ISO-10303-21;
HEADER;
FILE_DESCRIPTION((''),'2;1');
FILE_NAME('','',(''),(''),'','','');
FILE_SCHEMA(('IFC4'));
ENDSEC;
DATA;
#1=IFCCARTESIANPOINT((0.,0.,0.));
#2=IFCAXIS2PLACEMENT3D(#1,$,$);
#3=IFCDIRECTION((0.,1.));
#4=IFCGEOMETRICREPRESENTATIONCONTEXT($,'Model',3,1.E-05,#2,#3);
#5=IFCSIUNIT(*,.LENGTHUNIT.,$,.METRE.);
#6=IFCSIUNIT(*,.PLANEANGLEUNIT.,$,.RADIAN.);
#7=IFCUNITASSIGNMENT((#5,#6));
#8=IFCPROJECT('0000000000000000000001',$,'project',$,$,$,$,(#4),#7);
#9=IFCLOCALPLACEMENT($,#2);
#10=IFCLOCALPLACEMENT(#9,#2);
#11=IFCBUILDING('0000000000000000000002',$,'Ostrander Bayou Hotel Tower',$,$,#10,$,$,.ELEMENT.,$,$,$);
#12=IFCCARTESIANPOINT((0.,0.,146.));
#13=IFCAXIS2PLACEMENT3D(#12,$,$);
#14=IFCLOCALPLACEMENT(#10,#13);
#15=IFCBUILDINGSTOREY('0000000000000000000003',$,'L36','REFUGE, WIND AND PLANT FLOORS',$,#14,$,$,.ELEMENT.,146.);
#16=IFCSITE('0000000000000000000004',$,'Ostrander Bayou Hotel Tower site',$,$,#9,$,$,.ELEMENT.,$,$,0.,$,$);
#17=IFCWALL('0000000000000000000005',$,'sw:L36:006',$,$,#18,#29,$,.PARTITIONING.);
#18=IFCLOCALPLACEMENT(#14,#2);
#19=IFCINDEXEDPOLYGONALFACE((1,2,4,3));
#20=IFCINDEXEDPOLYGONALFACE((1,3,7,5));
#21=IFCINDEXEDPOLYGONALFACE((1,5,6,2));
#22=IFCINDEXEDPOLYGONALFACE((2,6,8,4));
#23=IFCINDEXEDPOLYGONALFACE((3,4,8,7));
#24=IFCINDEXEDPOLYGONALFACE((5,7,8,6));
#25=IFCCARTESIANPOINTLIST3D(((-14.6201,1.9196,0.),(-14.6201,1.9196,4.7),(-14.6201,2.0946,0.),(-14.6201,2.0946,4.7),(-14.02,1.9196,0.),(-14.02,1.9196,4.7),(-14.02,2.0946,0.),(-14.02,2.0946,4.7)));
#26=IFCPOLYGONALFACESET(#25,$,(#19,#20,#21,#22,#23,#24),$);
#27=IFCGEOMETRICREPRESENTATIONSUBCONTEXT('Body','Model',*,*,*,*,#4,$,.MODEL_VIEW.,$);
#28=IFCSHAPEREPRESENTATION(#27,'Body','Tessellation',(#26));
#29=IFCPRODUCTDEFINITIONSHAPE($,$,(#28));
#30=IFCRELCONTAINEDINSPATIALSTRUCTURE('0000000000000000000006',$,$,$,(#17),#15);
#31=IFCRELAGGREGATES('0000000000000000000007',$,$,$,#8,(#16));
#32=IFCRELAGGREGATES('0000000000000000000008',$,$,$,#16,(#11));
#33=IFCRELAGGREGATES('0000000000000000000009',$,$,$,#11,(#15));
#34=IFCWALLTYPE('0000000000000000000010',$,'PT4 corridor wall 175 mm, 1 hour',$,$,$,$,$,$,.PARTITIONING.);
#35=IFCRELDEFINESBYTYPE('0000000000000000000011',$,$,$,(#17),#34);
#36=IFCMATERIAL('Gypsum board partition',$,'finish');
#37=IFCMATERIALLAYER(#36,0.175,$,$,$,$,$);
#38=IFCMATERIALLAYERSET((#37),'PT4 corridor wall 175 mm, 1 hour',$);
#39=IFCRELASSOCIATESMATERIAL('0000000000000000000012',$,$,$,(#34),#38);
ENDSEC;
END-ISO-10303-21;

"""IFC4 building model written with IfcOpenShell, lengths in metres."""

from ifc_helpers import new_model, si_unit, direction, frame, frame_2d, origin, place, context, subcontext, project, spatial, rectangle, extrude, material, layer, layer_set, type_object, element, save


model = new_model("IFC4")

# Units and contexts
model_context = context("Model", 3, precision=1e-05, world=origin(), true_north=direction((0.0, 1.0)))
body_context = subcontext(model_context, "Body", "Model", "MODEL_VIEW")
ifc_project = project(units=[si_unit("LENGTHUNIT", "METRE"), si_unit("PLANEANGLEUNIT", "RADIAN")], contexts=[model_context])

# Site, building, storey
site_placement = place(None, origin())
site = spatial("IfcSite", under=ifc_project, at=site_placement, Name="Ostrander Bayou Hotel Tower site", CompositionType="ELEMENT", RefElevation=0.0)
building_placement = place(site_placement, origin())
building = spatial("IfcBuilding", under=site, at=building_placement, Name="Ostrander Bayou Hotel Tower", CompositionType="ELEMENT")
storey_placement = place(building_placement, frame((0.0, 0.0, 146.0)))
storey = spatial("IfcBuildingStorey", under=building, at=storey_placement, Name="L36", Description="REFUGE, WIND AND PLANT FLOORS", CompositionType="ELEMENT", Elevation=146.0)

# Wall
ifc_material_1 = material(Name="Gypsum board partition", Category="finish")
ifc_layer_1 = layer(ifc_material_1, 0.175)
ifc_layer_set_1 = layer_set([ifc_layer_1], Name="PT4 corridor wall 175 mm, 1 hour")
wall_type = type_object("IfcWallType", Name="PT4 corridor wall 175 mm, 1 hour", PredefinedType="PARTITIONING", material=ifc_layer_set_1)
for number, where, z_axis, x_axis, name in (
    (1, (-14.6201, 2.0071, 0.0), (0.0, 0.0, 1.0), (1.0, 0.0, 0.0), "sw:L36:006"),
):
    element("IfcWall", number, at=place(storey_placement, frame(where, z_axis=z_axis, x_axis=x_axis)), inside=storey, type_object=wall_type, Name=name, PredefinedType="PARTITIONING", context=body_context, shape_type="SweptSolid", body=[
        extrude(rectangle(XDim=0.6001, YDim=0.175, at=frame_2d((0.3, 0.0))), origin(), (0.0, 0.0, 1.0), 4.7),
    ])

save(model, "model.ifc")
